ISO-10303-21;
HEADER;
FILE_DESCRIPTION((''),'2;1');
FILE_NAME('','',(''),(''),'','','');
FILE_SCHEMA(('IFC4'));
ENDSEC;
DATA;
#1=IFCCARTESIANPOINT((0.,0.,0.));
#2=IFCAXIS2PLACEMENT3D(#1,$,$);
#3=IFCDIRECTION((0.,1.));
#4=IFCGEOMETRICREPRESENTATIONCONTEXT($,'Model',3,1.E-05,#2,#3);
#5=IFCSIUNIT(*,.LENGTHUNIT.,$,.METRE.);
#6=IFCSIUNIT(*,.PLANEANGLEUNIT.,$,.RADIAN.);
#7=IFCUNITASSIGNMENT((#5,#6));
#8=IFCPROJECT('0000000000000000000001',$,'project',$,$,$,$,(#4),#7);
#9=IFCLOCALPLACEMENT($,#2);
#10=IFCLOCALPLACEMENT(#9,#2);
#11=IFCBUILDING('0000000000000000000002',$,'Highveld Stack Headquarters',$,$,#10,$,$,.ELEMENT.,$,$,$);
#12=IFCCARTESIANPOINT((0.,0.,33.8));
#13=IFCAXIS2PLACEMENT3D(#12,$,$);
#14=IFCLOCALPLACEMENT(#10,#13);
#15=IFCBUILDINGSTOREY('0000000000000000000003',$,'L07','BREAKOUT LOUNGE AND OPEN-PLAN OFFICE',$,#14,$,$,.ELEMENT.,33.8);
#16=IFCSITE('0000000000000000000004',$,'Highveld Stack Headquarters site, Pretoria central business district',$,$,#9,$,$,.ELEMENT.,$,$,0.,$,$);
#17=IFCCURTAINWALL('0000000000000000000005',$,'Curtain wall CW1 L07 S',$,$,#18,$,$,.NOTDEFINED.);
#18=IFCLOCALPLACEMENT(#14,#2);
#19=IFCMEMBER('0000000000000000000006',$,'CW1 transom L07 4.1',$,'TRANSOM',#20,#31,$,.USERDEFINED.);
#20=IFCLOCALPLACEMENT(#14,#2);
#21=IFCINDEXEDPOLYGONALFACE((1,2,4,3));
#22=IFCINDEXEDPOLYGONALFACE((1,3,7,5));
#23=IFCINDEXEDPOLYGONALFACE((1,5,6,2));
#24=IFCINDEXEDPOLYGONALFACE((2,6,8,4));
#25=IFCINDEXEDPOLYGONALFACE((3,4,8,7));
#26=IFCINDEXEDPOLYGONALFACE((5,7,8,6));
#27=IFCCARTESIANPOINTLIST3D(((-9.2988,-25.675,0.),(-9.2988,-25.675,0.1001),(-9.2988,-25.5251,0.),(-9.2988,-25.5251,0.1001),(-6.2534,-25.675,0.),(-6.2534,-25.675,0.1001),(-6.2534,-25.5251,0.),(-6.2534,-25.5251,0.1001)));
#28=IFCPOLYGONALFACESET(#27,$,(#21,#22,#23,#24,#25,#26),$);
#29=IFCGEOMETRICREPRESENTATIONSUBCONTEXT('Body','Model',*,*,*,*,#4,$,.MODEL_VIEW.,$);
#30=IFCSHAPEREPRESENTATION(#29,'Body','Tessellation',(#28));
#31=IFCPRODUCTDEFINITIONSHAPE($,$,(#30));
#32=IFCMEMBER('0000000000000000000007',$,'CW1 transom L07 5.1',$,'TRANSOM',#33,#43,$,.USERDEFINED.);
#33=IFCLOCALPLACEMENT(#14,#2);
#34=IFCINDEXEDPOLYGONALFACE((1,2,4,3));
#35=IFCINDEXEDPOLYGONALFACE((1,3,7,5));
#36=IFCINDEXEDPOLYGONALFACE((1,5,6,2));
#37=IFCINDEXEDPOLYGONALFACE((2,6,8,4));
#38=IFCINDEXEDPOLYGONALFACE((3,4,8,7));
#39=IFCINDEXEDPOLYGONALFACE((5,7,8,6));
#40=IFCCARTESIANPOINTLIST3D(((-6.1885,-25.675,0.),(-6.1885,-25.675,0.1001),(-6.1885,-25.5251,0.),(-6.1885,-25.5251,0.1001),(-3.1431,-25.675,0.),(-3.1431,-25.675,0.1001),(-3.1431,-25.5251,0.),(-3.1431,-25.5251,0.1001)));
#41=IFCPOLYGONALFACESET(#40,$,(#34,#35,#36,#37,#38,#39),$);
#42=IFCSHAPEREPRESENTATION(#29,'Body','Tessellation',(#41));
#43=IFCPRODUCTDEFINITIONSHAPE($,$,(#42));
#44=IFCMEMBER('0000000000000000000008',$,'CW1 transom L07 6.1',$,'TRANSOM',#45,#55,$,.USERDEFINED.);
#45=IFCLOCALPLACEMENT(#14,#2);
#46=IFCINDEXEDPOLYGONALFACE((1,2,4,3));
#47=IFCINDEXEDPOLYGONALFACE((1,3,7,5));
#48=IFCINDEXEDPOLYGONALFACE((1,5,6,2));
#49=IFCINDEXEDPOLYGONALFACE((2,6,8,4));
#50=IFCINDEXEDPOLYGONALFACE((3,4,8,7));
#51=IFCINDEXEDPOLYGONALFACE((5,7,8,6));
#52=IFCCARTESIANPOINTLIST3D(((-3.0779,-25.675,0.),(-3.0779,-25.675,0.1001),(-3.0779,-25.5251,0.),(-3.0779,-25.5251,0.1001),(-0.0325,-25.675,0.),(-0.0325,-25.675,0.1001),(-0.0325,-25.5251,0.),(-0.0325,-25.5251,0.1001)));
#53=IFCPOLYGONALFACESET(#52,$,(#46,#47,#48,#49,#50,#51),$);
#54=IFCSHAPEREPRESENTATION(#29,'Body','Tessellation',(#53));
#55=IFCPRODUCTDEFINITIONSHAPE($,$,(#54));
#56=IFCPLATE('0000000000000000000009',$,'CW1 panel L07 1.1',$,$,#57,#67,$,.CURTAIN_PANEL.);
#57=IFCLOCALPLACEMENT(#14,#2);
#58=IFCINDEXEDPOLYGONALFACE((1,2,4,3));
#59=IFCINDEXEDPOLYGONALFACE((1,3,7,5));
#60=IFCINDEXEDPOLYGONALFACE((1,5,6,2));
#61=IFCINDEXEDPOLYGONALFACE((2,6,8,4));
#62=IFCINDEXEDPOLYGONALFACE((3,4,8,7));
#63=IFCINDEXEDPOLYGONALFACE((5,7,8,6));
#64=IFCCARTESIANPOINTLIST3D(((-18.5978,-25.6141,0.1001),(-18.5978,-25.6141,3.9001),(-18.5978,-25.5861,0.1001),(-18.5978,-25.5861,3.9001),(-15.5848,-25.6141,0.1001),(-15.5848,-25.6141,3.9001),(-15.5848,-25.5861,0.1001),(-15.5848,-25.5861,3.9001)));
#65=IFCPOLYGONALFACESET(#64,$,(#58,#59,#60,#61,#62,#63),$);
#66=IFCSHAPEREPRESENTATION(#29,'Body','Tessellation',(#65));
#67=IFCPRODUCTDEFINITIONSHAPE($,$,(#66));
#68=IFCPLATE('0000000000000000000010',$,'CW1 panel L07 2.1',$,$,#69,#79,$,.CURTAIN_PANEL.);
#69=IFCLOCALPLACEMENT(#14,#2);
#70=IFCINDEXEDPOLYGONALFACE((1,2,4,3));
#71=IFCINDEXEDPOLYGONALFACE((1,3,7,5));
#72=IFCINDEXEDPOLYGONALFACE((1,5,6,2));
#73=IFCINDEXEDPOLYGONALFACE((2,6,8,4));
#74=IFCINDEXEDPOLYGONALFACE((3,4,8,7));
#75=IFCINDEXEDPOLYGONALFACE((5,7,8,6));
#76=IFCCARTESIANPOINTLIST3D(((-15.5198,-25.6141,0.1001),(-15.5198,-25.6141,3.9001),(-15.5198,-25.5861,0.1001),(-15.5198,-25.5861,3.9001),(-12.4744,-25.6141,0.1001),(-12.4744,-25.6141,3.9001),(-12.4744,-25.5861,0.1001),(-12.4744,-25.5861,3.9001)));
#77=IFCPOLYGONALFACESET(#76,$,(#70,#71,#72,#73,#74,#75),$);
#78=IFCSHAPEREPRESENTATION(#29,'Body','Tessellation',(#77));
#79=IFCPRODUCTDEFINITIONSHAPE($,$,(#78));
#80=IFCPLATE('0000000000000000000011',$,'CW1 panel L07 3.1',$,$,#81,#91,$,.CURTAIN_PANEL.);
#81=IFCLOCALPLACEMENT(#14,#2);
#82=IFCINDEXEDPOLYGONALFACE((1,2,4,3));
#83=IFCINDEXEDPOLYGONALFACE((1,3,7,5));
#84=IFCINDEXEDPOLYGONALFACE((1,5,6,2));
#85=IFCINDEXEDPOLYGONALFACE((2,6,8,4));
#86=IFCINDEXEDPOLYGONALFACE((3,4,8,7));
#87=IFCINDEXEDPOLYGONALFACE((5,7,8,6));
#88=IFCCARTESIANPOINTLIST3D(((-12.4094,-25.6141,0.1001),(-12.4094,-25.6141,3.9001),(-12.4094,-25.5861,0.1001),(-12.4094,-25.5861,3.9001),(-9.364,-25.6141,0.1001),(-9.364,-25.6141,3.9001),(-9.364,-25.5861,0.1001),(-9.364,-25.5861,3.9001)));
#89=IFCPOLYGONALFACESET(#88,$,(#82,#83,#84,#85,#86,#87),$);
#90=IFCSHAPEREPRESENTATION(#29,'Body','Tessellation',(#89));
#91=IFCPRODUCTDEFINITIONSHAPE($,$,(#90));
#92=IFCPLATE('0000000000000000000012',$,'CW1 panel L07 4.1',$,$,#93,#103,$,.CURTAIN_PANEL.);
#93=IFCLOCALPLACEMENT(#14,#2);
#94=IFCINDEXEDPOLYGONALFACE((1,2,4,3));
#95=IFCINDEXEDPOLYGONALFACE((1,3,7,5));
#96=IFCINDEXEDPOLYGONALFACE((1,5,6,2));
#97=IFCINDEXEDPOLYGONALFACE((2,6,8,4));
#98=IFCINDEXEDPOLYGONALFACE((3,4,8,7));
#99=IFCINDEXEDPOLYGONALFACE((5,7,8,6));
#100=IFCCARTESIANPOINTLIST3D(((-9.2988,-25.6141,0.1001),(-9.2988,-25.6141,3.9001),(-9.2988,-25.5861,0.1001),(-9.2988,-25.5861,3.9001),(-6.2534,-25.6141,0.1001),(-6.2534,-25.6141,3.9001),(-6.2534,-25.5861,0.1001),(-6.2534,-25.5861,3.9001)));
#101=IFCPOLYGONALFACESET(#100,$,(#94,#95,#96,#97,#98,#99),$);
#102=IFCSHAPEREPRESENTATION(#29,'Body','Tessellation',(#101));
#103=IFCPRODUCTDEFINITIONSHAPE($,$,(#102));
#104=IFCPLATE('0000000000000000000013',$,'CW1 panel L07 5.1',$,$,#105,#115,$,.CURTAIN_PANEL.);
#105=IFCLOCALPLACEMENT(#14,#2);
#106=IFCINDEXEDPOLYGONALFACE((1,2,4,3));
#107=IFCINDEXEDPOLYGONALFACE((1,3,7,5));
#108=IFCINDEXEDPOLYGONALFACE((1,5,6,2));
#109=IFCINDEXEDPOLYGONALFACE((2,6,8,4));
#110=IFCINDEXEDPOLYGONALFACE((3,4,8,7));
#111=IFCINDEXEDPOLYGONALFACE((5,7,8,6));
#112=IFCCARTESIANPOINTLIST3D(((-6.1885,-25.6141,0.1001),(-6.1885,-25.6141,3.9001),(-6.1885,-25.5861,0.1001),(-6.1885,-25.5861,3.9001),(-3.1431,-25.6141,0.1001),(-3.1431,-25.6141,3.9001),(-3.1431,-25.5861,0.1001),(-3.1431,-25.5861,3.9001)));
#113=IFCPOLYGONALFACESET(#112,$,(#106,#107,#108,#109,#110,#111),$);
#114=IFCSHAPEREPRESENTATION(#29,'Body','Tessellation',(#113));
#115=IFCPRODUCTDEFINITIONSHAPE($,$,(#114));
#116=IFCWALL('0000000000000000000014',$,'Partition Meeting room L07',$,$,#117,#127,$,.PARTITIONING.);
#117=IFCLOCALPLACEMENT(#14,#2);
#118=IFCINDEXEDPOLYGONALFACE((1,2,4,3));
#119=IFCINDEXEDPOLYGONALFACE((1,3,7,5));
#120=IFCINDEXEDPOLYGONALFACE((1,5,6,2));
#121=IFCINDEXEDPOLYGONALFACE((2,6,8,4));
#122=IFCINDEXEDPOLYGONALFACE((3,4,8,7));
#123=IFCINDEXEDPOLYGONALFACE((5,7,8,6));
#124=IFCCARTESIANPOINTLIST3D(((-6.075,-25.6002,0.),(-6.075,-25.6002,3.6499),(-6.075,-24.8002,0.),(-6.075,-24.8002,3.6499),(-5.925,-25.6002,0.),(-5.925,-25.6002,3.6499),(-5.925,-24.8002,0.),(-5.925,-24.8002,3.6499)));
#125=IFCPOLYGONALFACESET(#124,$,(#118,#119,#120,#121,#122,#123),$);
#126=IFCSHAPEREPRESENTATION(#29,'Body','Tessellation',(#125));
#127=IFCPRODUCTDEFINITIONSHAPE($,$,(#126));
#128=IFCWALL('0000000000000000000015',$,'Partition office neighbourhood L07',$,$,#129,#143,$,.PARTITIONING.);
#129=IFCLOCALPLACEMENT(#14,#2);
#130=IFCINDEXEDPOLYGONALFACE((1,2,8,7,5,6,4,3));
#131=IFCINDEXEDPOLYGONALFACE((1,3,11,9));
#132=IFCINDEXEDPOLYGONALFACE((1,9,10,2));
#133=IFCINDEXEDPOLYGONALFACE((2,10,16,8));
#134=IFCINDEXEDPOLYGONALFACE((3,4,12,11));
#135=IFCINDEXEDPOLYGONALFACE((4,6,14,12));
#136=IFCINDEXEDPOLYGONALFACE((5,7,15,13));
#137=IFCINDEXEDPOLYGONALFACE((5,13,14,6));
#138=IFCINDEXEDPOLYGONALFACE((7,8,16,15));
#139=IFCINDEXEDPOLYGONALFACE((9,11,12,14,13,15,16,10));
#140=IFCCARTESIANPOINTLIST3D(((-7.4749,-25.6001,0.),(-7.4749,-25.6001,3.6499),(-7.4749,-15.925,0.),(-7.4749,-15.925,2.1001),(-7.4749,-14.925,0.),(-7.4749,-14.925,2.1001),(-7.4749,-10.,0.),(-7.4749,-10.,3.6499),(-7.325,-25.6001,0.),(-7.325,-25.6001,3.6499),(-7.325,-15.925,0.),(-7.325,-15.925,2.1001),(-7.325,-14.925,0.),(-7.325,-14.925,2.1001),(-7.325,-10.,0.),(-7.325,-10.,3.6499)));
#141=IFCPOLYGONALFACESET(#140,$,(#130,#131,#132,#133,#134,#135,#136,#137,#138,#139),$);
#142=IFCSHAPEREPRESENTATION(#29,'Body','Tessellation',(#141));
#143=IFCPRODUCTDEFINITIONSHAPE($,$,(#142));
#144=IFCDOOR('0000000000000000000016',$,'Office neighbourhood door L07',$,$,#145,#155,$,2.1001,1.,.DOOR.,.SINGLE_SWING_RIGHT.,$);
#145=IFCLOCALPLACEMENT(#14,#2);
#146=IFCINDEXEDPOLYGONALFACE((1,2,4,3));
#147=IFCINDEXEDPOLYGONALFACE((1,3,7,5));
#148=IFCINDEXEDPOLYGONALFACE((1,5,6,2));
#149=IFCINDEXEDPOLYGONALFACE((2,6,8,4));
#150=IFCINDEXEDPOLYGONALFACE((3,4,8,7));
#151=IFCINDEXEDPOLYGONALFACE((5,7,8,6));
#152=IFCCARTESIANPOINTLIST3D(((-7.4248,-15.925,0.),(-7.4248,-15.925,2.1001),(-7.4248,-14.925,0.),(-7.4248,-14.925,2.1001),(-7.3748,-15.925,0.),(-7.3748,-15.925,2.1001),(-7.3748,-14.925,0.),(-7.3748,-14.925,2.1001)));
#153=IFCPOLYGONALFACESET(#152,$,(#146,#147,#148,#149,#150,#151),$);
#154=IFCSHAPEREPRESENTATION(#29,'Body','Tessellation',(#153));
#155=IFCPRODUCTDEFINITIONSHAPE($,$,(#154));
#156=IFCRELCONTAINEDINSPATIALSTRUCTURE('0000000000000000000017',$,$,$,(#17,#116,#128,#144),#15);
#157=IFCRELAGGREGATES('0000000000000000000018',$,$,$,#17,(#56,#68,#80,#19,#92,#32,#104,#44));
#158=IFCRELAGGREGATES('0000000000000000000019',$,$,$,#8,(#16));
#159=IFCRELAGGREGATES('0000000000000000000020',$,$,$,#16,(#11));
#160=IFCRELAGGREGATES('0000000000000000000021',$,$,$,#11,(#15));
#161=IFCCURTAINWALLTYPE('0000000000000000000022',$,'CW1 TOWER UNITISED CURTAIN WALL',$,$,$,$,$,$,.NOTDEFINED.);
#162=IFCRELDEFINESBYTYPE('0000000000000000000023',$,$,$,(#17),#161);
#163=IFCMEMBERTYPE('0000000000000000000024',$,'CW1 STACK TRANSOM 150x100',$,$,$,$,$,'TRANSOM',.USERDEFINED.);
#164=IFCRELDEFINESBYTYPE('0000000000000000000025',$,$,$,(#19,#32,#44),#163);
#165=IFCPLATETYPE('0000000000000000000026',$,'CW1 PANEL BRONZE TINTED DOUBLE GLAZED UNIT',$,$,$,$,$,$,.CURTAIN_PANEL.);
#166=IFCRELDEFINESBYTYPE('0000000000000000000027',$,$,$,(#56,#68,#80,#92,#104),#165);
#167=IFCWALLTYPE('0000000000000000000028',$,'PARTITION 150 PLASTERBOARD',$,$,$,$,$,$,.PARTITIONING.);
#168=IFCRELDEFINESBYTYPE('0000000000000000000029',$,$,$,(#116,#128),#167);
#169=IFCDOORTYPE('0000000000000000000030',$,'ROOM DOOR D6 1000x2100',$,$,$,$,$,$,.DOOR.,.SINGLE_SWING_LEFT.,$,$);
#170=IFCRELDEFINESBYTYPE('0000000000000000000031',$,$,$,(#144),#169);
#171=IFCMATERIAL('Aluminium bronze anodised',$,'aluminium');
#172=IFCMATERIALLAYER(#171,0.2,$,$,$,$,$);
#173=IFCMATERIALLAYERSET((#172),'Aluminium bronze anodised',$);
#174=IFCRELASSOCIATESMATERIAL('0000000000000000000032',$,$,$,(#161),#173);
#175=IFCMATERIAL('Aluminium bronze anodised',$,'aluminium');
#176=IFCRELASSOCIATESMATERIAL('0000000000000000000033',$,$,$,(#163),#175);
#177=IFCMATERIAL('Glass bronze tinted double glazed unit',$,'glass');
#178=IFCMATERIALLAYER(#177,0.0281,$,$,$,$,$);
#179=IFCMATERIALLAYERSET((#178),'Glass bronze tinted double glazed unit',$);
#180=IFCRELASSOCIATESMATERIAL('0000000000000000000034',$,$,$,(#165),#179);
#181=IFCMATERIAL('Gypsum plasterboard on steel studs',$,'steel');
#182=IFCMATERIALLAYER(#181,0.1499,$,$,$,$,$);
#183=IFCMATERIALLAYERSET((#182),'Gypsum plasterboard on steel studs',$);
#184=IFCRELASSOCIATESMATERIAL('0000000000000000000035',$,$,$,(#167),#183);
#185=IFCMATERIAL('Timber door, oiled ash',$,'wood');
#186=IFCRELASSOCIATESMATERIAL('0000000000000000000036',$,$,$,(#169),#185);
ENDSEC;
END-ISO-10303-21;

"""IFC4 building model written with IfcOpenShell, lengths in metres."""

from ifc_helpers import new_model, si_unit, direction, frame, frame_2d, origin, origin_2d, place, context, subcontext, project, spatial, rectangle, extrude, material, layer, layer_set, material_profile, profile_set, type_object, element, fill, aggregate, save


model = new_model("IFC4")

# Units and contexts
model_context = context("Model", 3, precision=1e-05, world=origin(), true_north=direction((0.0, 1.0)))
body_context = subcontext(model_context, "Body", "Model", "MODEL_VIEW")
ifc_project = project(units=[si_unit("LENGTHUNIT", "METRE"), si_unit("PLANEANGLEUNIT", "RADIAN")], contexts=[model_context])

# Site, building, storey
site_placement = place(None, origin())
site = spatial("IfcSite", under=ifc_project, at=site_placement, Name="Highveld Stack Headquarters site, Pretoria central business district", CompositionType="ELEMENT", RefElevation=0.0)
building_placement = place(site_placement, origin())
building = spatial("IfcBuilding", under=site, at=building_placement, Name="Highveld Stack Headquarters", CompositionType="ELEMENT")
storey_placement = place(building_placement, frame((0.0, 0.0, 33.8)))
storey = spatial("IfcBuildingStorey", under=building, at=storey_placement, Name="L07", Description="BREAKOUT LOUNGE AND OPEN-PLAN OFFICE", CompositionType="ELEMENT", Elevation=33.8)

# Curtain wall, members, plates
ifc_material_1 = material(Name="Aluminium bronze anodised", Category="aluminium")
ifc_layer_1 = layer(ifc_material_1, 0.2)
ifc_layer_set_1 = layer_set([ifc_layer_1], Name="Aluminium bronze anodised")
curtain_wall_type = type_object("IfcCurtainWallType", Name="CW1 TOWER UNITISED CURTAIN WALL", PredefinedType="NOTDEFINED", material=ifc_layer_set_1)
curtain_wall_placement = place(storey_placement, origin())
curtain_wall = element("IfcCurtainWall", 1, at=curtain_wall_placement, inside=storey, type_object=curtain_wall_type, Name="Curtain wall CW1 L07 S", PredefinedType="NOTDEFINED")
ifc_material_2 = material(Name="Aluminium bronze anodised", Category="aluminium")
ifc_material_profile_1 = material_profile(ifc_material_2, rectangle(XDim=0.1499, YDim=0.1001, at=origin_2d()), Name="CW1 TRANSOM 150x100")
ifc_profile_set_1 = profile_set([ifc_material_profile_1], Name="Aluminium bronze anodised")
member_type_1 = type_object("IfcMemberType", Name="CW1 STACK TRANSOM 150x100", ElementType="TRANSOM", PredefinedType="USERDEFINED", material=ifc_profile_set_1)
member_1_placement = place(storey_placement, frame((-9.2988, -25.6001, 0.05), z_axis=(1.0, 0.0, 0.0), x_axis=(0.0, 1.0, 0.0)))
member_1 = element("IfcMember", 2, at=member_1_placement, type_object=member_type_1, Name="CW1 transom L07 4.1", ObjectType="TRANSOM", PredefinedType="USERDEFINED", context=body_context, shape_type="SweptSolid", body=[
    extrude(rectangle(XDim=0.1499, YDim=0.1001, at=origin_2d()), origin(), (0.0, 0.0, 1.0), 3.0454),
])
member_2_placement = place(storey_placement, frame((-6.1885, -25.6001, 0.05), z_axis=(1.0, 0.0, 0.0), x_axis=(0.0, 1.0, 0.0)))
member_2 = element("IfcMember", 3, at=member_2_placement, type_object=member_type_1, Name="CW1 transom L07 5.1", ObjectType="TRANSOM", PredefinedType="USERDEFINED", context=body_context, shape_type="SweptSolid", body=[
    extrude(rectangle(XDim=0.1499, YDim=0.1001, at=origin_2d()), origin(), (0.0, 0.0, 1.0), 3.0454),
])
member_3_placement = place(storey_placement, frame((-3.0779, -25.6001, 0.05), z_axis=(1.0, 0.0, 0.0), x_axis=(0.0, 1.0, 0.0)))
member_3 = element("IfcMember", 4, at=member_3_placement, type_object=member_type_1, Name="CW1 transom L07 6.1", ObjectType="TRANSOM", PredefinedType="USERDEFINED", context=body_context, shape_type="SweptSolid", body=[
    extrude(rectangle(XDim=0.1499, YDim=0.1001, at=origin_2d()), origin(), (0.0, 0.0, 1.0), 3.0454),
])
ifc_material_3 = material(Name="Glass bronze tinted double glazed unit", Category="glass")
ifc_layer_2 = layer(ifc_material_3, 0.0281)
ifc_layer_set_2 = layer_set([ifc_layer_2], Name="Glass bronze tinted double glazed unit")
plate_type = type_object("IfcPlateType", Name="CW1 PANEL BRONZE TINTED DOUBLE GLAZED UNIT", PredefinedType="CURTAIN_PANEL", material=ifc_layer_set_2)
plate_1_placement = place(storey_placement, frame((-17.0913, -25.6001, 0.1001), z_axis=(0.0, 0.0, 1.0), x_axis=(1.0, 0.0, 0.0)))
plate_1 = element("IfcPlate", 5, at=plate_1_placement, type_object=plate_type, Name="CW1 panel L07 1.1", PredefinedType="CURTAIN_PANEL", context=body_context, shape_type="SweptSolid", body=[
    extrude(rectangle(XDim=3.0129, YDim=0.0281, at=origin_2d()), origin(), (0.0, 0.0, 1.0), 3.8),
])
plate_2_placement = place(storey_placement, frame((-13.9971, -25.6001, 0.1001), z_axis=(0.0, 0.0, 1.0), x_axis=(1.0, 0.0, 0.0)))
plate_2 = element("IfcPlate", 6, at=plate_2_placement, type_object=plate_type, Name="CW1 panel L07 2.1", PredefinedType="CURTAIN_PANEL", context=body_context, shape_type="SweptSolid", body=[
    extrude(rectangle(XDim=3.0454, YDim=0.0281, at=origin_2d()), origin(), (0.0, 0.0, 1.0), 3.8),
])
plate_3_placement = place(storey_placement, frame((-10.8867, -25.6001, 0.1001), z_axis=(0.0, 0.0, 1.0), x_axis=(1.0, 0.0, 0.0)))
plate_3 = element("IfcPlate", 7, at=plate_3_placement, type_object=plate_type, Name="CW1 panel L07 3.1", PredefinedType="CURTAIN_PANEL", context=body_context, shape_type="SweptSolid", body=[
    extrude(rectangle(XDim=3.0454, YDim=0.0281, at=origin_2d()), origin(), (0.0, 0.0, 1.0), 3.8),
])
plate_4_placement = place(storey_placement, frame((-7.7761, -25.6001, 0.1001), z_axis=(0.0, 0.0, 1.0), x_axis=(1.0, 0.0, 0.0)))
plate_4 = element("IfcPlate", 8, at=plate_4_placement, type_object=plate_type, Name="CW1 panel L07 4.1", PredefinedType="CURTAIN_PANEL", context=body_context, shape_type="SweptSolid", body=[
    extrude(rectangle(XDim=3.0454, YDim=0.0281, at=origin_2d()), origin(), (0.0, 0.0, 1.0), 3.8),
])
plate_5_placement = place(storey_placement, frame((-4.6658, -25.6001, 0.1001), z_axis=(0.0, 0.0, 1.0), x_axis=(1.0, 0.0, 0.0)))
plate_5 = element("IfcPlate", 9, at=plate_5_placement, type_object=plate_type, Name="CW1 panel L07 5.1", PredefinedType="CURTAIN_PANEL", context=body_context, shape_type="SweptSolid", body=[
    extrude(rectangle(XDim=3.0454, YDim=0.0281, at=origin_2d()), origin(), (0.0, 0.0, 1.0), 3.8),
])
aggregate(curtain_wall, [plate_1, plate_2, plate_3, member_1, plate_4, member_2, plate_5, member_3])

# Wall
ifc_material_4 = material(Name="Gypsum plasterboard on steel studs", Category="steel")
ifc_layer_3 = layer(ifc_material_4, 0.1499)
ifc_layer_set_3 = layer_set([ifc_layer_3], Name="Gypsum plasterboard on steel studs")
wall_type = type_object("IfcWallType", Name="PARTITION 150 PLASTERBOARD", PredefinedType="PARTITIONING", material=ifc_layer_set_3)
wall_1_placement = place(storey_placement, frame((-6.0, -25.6001, 0.0), z_axis=(0.0, 0.0, 1.0), x_axis=(0.0, 1.0, 0.0)))
element("IfcWall", 10, at=wall_1_placement, inside=storey, type_object=wall_type, Name="Partition Meeting room L07", PredefinedType="PARTITIONING", context=body_context, shape_type="SweptSolid", body=[
    extrude(rectangle(XDim=0.8, YDim=0.1499, at=frame_2d((0.3999, 0.0))), origin(), (0.0, 0.0, 1.0), 3.6499),
])

# Wall, opening, door
wall_2_placement = place(storey_placement, frame((-7.3999, -25.6001, 0.0), z_axis=(0.0, 0.0, 1.0), x_axis=(0.0, 1.0, 0.0)))
wall_2 = element("IfcWall", 11, at=wall_2_placement, inside=storey, type_object=wall_type, Name="Partition office neighbourhood L07", PredefinedType="PARTITIONING", context=body_context, shape_type="SweptSolid", body=[
    extrude(rectangle(XDim=15.6001, YDim=0.1499, at=frame_2d((7.8, 0.0))), origin(), (0.0, 0.0, 1.0), 3.6499),
])
opening_placement = place(wall_2_placement, frame((9.675, 0.0, 0.0)))
opening = element("IfcOpeningElement", 12, at=opening_placement, cuts=wall_2, PredefinedType="OPENING", context=body_context, shape_type="SweptSolid", body=[
    extrude(rectangle(XDim=1.0, YDim=2.1001, at=frame_2d((0.5, 1.05))), frame((0.0, 0.085, 0.0), z_axis=(0.0, -1.0, 0.0), x_axis=(1.0, 0.0, 0.0)), (0.0, 0.0, 1.0), 0.1699),
])
ifc_material_5 = material(Name="Timber door, oiled ash", Category="wood")
door_type = type_object("IfcDoorType", Name="ROOM DOOR D6 1000x2100", OperationType="SINGLE_SWING_LEFT", PredefinedType="DOOR", material=ifc_material_5)
door_placement = place(opening_placement, origin())
door = element("IfcDoor", 13, at=door_placement, inside=storey, type_object=door_type, Name="Office neighbourhood door L07", OperationType="SINGLE_SWING_RIGHT", OverallHeight=2.1001, OverallWidth=1.0, PredefinedType="DOOR", context=body_context, shape_type="SweptSolid", body=[
    extrude(rectangle(XDim=1.0, YDim=2.1001, at=frame_2d((0.5, 1.05))), frame((0.0, 0.0249, 0.0), z_axis=(0.0, -1.0, 0.0), x_axis=(1.0, 0.0, 0.0)), (0.0, 0.0, 1.0), 0.05),
])
fill(opening, door)

save(model, "model.ifc")
